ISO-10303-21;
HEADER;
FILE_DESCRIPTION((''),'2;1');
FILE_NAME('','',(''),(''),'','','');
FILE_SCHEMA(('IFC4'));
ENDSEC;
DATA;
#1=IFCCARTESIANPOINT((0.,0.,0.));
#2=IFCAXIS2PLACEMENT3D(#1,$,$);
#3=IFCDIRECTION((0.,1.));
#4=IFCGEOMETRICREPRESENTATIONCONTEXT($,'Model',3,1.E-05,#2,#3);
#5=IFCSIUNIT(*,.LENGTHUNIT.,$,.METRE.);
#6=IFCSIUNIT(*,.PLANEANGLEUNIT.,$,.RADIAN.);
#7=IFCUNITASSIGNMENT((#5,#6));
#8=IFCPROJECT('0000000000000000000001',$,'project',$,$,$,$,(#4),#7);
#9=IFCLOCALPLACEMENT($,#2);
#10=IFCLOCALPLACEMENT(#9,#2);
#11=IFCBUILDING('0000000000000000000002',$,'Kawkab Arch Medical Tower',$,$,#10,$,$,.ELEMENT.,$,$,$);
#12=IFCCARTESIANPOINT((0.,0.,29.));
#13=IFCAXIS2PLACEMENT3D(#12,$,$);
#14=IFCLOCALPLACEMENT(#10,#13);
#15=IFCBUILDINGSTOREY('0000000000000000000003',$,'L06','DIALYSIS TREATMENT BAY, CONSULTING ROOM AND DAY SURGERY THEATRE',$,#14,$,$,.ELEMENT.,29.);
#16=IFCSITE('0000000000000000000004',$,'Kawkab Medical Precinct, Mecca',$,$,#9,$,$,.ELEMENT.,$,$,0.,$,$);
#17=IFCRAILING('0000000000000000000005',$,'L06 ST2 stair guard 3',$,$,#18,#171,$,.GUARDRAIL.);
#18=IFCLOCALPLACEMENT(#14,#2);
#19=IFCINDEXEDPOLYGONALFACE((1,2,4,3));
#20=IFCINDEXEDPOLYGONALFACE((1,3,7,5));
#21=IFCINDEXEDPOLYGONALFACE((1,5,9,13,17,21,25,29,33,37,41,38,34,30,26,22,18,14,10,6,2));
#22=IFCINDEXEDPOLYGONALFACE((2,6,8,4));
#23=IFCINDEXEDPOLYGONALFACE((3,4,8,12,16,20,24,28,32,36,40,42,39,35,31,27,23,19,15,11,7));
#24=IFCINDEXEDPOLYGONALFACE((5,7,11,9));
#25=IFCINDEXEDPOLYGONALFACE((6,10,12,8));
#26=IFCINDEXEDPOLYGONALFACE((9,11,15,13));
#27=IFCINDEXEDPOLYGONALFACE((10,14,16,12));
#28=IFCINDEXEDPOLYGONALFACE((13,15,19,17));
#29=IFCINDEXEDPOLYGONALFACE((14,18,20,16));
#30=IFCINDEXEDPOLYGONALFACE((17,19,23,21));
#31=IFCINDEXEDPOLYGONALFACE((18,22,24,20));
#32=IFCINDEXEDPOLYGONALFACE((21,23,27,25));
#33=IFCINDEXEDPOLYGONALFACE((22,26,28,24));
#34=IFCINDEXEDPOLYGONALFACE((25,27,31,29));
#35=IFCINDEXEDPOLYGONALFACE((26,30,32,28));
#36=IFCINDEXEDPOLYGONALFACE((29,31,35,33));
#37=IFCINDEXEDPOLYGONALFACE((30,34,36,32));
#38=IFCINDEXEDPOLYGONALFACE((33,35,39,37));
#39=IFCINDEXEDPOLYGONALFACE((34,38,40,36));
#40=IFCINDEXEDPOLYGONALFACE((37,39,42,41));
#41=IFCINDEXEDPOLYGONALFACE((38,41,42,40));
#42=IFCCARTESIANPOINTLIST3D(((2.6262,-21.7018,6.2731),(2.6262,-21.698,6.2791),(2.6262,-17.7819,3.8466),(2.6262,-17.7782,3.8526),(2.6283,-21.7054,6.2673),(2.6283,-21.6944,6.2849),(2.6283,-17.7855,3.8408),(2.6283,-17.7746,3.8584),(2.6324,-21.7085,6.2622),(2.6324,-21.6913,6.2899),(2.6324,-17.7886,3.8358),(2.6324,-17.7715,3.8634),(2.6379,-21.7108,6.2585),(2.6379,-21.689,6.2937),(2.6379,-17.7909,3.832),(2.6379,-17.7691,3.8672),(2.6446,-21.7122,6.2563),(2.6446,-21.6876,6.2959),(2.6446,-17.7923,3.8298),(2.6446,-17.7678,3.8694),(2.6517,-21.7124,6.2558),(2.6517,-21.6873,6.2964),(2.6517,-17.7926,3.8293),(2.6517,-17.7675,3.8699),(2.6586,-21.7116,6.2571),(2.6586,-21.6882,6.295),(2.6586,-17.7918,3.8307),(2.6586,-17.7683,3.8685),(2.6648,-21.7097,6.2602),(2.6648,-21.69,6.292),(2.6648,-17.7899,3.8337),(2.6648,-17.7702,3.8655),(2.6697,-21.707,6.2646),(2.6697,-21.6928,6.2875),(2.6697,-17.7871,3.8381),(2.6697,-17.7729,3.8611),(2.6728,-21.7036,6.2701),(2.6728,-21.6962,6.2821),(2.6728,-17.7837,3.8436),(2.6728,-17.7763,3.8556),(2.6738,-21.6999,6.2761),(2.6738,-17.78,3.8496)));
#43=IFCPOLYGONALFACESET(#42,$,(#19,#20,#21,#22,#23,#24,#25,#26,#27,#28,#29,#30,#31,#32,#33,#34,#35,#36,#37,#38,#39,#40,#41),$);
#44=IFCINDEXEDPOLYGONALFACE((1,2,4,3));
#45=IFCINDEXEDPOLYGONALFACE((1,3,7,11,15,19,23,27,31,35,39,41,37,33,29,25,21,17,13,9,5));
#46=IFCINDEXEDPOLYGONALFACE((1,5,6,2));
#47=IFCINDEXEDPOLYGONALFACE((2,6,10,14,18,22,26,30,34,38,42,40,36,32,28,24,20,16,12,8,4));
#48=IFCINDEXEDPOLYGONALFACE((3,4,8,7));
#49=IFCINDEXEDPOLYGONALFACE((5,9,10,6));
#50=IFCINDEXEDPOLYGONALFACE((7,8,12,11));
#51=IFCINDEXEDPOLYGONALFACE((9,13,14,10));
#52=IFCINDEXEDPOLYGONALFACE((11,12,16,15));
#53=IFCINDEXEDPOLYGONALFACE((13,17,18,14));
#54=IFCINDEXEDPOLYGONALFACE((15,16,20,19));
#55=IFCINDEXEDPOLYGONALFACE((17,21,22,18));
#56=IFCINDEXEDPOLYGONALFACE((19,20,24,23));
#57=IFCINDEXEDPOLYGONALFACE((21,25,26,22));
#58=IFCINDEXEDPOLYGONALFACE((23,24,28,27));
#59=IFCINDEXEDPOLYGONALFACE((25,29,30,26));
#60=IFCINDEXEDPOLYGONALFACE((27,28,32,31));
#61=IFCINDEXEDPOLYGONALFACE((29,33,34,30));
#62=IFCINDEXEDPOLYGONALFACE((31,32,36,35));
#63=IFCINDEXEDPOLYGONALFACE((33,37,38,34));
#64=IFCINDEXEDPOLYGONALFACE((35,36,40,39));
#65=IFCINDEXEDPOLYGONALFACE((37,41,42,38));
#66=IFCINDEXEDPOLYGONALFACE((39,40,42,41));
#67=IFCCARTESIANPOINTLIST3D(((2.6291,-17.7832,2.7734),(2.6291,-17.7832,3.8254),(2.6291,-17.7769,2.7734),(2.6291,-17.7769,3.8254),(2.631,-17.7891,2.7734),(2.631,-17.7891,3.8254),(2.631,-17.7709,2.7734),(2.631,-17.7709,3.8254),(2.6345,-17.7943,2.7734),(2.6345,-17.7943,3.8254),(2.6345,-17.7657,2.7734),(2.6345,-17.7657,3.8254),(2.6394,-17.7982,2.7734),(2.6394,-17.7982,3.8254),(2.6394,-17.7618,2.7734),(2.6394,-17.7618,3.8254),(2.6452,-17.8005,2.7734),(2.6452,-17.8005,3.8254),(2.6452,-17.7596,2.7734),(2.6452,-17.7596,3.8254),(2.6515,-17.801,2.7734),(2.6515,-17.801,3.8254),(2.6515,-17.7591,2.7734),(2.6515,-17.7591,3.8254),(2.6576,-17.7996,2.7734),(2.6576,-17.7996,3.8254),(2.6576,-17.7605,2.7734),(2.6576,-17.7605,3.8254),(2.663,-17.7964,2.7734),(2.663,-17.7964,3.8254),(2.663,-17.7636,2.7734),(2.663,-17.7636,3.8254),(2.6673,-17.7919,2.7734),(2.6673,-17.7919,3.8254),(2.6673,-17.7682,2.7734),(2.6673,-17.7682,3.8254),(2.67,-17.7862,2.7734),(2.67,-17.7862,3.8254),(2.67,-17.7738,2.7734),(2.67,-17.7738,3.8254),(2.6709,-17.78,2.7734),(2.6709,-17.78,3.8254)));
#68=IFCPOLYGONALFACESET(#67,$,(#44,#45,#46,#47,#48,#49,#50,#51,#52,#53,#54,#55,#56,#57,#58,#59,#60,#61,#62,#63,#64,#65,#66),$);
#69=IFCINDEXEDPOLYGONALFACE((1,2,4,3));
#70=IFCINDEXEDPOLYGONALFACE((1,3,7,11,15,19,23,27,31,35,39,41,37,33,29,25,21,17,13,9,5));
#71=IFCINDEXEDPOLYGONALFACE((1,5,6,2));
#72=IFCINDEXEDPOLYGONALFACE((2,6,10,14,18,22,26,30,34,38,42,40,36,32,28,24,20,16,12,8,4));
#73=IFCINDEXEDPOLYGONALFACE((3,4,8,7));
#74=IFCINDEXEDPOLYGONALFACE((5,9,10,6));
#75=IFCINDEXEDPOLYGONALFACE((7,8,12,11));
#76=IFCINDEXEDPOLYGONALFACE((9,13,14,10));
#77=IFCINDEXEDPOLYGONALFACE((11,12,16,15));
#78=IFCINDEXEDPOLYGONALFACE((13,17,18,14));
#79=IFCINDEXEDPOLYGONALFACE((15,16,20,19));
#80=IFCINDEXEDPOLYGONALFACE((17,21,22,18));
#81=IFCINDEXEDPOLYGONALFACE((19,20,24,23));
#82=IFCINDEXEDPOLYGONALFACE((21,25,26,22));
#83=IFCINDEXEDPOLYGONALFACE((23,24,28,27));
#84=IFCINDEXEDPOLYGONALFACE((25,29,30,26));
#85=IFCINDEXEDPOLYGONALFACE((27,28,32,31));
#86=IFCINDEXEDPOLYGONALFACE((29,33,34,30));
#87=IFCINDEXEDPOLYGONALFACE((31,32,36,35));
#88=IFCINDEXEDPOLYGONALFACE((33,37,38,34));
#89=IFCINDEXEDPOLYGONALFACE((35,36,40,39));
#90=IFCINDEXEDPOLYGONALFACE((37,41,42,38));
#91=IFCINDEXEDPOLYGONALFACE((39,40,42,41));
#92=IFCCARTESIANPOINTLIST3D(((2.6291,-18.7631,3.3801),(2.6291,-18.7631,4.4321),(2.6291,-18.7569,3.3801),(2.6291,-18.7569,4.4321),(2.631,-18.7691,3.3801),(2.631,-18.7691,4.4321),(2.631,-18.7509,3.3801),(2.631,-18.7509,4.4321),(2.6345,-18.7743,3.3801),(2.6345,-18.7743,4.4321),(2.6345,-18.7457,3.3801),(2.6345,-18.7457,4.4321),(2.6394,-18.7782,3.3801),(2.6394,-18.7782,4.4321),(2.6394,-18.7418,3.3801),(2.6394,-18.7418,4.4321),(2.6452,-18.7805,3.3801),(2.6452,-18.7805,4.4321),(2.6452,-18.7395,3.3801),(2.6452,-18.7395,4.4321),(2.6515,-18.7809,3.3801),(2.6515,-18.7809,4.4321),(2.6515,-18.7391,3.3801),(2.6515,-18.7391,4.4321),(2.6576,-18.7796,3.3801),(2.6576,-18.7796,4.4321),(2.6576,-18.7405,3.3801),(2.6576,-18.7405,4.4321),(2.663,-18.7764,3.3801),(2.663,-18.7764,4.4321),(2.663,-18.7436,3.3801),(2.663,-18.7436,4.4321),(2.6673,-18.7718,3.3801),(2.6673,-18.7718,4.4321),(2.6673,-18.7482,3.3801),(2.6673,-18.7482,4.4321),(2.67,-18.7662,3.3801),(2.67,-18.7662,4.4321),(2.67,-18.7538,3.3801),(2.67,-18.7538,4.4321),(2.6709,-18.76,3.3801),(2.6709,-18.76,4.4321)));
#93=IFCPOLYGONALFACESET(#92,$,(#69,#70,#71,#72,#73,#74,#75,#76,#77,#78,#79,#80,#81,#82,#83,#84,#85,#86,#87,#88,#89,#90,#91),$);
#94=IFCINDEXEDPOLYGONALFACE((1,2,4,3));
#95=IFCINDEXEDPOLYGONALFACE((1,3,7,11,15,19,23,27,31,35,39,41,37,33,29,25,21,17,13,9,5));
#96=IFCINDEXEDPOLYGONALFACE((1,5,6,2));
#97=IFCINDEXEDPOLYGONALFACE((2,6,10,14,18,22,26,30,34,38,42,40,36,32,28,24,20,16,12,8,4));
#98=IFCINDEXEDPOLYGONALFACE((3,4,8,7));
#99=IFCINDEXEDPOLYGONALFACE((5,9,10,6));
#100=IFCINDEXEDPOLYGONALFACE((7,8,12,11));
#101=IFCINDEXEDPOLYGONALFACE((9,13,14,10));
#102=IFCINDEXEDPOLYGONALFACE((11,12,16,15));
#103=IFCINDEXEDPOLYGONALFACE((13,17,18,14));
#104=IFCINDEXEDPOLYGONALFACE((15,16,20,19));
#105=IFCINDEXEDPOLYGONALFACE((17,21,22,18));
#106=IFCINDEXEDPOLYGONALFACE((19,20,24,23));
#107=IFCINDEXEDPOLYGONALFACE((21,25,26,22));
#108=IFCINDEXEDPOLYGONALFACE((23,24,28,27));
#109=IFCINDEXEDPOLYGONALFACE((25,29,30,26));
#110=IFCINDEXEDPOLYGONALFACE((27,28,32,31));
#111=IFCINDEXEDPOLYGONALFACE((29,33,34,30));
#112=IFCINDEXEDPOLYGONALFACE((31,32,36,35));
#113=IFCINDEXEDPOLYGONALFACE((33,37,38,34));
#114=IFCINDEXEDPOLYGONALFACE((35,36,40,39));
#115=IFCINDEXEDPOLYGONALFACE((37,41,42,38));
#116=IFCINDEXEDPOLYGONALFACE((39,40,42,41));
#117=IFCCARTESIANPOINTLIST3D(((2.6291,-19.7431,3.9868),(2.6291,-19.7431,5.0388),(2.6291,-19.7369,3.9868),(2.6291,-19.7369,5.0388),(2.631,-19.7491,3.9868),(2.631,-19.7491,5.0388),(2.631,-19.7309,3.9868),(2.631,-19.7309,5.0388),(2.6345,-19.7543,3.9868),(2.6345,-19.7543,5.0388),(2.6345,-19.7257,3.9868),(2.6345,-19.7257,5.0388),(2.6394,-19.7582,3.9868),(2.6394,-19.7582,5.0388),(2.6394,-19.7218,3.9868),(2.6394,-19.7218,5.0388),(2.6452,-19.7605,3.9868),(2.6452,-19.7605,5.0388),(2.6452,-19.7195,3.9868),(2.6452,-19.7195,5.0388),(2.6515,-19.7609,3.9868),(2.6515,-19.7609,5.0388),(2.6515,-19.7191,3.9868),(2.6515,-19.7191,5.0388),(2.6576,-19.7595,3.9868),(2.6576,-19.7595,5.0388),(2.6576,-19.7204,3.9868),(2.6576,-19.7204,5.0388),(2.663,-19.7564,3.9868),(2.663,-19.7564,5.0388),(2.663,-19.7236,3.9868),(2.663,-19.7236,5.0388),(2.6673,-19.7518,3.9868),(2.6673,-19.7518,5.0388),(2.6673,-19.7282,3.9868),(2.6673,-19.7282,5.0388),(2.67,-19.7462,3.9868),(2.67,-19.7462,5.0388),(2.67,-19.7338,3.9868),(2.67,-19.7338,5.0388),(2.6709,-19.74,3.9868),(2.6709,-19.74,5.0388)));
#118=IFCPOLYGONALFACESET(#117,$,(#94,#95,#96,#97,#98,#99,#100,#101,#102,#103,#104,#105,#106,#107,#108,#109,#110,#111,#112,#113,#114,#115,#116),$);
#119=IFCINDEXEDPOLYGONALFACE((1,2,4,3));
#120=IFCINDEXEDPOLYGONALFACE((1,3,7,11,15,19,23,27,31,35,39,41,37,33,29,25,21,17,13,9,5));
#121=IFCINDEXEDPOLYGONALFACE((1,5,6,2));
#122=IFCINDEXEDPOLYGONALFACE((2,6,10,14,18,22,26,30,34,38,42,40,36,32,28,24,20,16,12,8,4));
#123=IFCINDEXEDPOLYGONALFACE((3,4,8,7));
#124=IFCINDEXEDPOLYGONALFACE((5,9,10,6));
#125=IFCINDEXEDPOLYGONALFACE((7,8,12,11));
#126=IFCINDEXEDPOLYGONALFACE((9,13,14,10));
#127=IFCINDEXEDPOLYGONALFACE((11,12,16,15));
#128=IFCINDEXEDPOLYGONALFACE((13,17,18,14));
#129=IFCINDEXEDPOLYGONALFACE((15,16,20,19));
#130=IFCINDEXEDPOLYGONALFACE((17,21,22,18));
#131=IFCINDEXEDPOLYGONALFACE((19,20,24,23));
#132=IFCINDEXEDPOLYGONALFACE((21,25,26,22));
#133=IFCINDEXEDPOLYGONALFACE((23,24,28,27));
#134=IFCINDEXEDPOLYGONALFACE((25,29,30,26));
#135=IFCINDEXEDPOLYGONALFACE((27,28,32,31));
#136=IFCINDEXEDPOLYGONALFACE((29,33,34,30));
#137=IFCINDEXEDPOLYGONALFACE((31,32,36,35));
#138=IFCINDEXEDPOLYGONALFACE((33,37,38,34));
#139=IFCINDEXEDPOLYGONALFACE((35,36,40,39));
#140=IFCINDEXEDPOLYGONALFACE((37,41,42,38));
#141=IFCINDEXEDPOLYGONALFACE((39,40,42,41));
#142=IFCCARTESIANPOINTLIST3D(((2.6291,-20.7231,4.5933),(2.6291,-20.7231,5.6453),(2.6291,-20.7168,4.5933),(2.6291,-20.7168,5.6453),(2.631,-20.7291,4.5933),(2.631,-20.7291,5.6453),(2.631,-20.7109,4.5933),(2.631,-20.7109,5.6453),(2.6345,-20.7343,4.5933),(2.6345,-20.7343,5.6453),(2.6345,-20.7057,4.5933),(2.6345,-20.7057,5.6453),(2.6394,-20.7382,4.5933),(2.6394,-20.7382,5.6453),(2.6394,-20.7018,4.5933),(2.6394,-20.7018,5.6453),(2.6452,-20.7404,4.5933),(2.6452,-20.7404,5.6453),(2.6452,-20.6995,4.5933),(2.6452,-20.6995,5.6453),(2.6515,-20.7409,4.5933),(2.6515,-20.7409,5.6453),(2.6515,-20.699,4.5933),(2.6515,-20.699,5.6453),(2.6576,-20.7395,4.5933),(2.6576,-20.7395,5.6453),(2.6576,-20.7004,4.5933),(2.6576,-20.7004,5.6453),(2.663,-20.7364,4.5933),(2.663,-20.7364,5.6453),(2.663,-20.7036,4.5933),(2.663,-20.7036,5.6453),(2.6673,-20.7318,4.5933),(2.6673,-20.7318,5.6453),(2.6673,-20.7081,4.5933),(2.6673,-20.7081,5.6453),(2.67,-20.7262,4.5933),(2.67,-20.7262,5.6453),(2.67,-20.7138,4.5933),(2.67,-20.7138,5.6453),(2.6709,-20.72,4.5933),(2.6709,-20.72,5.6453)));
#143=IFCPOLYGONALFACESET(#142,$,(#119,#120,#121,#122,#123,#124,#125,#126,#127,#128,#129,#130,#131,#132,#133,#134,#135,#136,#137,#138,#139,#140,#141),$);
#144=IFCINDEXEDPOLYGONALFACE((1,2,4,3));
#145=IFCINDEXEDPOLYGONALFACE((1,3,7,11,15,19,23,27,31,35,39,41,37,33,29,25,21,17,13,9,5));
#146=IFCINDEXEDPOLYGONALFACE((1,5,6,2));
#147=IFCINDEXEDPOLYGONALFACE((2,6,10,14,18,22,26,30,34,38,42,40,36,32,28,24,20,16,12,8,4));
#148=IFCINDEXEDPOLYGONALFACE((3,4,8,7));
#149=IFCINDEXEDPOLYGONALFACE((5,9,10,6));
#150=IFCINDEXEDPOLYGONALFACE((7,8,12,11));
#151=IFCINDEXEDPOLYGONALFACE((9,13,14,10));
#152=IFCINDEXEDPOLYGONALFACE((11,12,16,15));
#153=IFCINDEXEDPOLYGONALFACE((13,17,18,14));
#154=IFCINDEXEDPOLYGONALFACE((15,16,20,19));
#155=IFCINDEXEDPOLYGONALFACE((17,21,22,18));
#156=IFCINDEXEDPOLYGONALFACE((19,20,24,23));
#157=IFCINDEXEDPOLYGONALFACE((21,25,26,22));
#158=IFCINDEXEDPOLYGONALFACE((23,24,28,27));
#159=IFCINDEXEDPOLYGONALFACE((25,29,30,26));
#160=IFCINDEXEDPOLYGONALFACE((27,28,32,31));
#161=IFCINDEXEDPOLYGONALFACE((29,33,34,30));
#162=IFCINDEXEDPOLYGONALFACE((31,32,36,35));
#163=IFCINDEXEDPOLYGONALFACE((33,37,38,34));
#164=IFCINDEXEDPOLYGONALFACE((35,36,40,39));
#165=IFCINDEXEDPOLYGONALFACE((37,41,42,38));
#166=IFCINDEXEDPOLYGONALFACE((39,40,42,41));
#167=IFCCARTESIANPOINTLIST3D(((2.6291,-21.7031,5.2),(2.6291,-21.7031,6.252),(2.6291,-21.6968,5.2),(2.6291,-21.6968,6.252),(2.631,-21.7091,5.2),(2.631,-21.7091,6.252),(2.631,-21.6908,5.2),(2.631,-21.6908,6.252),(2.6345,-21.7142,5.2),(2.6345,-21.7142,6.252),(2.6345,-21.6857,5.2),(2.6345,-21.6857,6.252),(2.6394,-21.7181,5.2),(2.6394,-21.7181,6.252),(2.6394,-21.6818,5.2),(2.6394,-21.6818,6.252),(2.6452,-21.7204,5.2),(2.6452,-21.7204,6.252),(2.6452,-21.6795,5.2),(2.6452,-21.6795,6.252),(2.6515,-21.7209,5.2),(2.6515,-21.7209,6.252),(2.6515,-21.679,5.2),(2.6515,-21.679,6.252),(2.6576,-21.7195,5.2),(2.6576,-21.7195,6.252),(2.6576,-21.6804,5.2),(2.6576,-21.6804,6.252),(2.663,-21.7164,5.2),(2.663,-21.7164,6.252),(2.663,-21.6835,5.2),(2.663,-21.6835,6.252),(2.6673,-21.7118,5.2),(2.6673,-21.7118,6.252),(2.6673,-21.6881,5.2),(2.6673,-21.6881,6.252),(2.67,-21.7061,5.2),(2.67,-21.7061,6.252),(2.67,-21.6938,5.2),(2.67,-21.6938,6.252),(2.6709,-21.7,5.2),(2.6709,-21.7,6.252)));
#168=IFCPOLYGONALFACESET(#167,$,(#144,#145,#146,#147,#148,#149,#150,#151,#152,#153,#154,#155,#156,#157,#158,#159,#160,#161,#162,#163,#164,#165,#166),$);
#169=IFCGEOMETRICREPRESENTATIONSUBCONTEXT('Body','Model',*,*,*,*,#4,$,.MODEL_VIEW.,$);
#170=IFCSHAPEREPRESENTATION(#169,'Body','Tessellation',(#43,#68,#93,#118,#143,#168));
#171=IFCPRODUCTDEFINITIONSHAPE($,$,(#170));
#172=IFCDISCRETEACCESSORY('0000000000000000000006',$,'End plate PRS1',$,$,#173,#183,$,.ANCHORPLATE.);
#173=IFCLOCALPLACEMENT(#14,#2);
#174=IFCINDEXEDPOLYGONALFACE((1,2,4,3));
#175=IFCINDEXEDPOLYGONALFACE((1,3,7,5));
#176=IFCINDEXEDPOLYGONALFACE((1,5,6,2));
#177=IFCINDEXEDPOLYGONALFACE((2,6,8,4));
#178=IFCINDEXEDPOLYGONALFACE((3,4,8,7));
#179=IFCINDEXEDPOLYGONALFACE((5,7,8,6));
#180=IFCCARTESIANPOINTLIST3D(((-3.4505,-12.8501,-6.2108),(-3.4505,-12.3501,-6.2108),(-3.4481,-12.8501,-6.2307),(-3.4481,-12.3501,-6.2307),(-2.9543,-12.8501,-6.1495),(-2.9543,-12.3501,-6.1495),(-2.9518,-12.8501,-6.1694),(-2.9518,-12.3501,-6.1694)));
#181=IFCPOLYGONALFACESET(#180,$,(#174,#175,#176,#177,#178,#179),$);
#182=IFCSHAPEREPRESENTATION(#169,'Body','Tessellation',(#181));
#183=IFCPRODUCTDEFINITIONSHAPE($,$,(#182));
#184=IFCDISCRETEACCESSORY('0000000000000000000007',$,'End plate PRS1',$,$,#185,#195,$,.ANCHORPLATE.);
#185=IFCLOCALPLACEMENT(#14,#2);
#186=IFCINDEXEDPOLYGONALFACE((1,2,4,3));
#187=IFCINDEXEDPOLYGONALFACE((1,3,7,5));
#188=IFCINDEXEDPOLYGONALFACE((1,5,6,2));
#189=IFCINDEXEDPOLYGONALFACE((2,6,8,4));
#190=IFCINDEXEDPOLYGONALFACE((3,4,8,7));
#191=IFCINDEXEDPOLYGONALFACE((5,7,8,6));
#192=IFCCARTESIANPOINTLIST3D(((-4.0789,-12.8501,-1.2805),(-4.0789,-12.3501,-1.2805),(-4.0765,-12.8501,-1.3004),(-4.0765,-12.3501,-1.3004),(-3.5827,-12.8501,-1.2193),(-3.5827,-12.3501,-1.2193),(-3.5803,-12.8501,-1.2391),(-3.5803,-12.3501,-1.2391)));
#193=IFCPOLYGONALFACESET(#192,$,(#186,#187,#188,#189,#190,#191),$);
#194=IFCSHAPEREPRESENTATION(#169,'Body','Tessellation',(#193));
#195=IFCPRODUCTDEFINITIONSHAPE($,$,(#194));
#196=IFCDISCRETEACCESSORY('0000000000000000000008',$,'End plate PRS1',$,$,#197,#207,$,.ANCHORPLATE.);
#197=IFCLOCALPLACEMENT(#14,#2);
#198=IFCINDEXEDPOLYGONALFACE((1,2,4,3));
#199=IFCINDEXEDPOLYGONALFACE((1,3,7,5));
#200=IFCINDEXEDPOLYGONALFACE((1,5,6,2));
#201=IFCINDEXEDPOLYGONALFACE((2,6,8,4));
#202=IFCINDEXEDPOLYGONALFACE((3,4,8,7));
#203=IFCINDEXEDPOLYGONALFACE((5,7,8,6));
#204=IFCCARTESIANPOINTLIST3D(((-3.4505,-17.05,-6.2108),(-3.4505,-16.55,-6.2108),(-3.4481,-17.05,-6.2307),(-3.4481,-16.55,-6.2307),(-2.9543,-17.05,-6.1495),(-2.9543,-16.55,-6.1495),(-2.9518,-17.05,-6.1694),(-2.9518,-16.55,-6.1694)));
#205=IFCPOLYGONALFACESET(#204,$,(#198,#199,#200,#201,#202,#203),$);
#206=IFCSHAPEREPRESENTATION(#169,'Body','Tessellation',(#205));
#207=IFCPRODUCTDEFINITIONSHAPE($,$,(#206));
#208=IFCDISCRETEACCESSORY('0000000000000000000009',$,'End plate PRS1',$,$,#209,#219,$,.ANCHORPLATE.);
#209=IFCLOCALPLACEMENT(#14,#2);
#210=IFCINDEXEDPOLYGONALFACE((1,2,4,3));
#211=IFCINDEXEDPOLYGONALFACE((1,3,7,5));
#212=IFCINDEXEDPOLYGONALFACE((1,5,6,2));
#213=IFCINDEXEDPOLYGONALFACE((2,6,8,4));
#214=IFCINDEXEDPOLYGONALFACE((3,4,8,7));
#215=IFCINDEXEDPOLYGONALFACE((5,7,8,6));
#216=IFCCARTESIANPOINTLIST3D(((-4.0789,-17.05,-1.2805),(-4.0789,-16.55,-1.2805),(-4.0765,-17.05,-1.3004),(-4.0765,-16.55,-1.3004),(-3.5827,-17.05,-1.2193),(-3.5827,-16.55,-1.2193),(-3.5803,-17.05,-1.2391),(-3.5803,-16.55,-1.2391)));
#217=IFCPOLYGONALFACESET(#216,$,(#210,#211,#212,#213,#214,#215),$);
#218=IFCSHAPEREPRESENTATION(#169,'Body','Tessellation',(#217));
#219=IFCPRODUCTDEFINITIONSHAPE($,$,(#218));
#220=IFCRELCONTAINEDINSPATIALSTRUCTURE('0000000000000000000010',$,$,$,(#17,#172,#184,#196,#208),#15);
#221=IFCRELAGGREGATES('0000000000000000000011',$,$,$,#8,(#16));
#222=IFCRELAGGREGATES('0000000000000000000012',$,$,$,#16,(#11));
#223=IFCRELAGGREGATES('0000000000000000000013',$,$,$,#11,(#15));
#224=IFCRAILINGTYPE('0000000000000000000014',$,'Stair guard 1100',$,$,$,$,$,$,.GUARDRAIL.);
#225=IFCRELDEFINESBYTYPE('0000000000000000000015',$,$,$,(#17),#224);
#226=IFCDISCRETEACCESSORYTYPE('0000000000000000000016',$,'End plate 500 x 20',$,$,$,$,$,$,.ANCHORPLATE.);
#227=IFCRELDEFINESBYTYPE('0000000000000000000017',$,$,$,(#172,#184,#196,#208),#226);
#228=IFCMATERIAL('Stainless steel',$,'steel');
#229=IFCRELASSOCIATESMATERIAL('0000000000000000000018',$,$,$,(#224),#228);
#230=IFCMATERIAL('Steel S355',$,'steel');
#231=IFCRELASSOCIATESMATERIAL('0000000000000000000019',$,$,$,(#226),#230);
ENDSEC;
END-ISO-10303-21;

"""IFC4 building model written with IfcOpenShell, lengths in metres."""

from ifc_helpers import new_model, si_unit, direction, frame, origin, origin_2d, place, context, subcontext, project, spatial, rectangle, circle, extrude, material, material_profile, profile_set, type_object, element, save


model = new_model("IFC4")

# Units and contexts
model_context = context("Model", 3, precision=1e-05, world=origin(), true_north=direction((0.0, 1.0)))
body_context = subcontext(model_context, "Body", "Model", "MODEL_VIEW")
ifc_project = project(units=[si_unit("LENGTHUNIT", "METRE"), si_unit("PLANEANGLEUNIT", "RADIAN")], contexts=[model_context])

# Site, building, storey
site_placement = place(None, origin())
site = spatial("IfcSite", under=ifc_project, at=site_placement, Name="Kawkab Medical Precinct, Mecca", CompositionType="ELEMENT", RefElevation=0.0)
building_placement = place(site_placement, origin())
building = spatial("IfcBuilding", under=site, at=building_placement, Name="Kawkab Arch Medical Tower", CompositionType="ELEMENT")
storey_placement = place(building_placement, frame((0.0, 0.0, 29.0)))
storey = spatial("IfcBuildingStorey", under=building, at=storey_placement, Name="L06", Description="DIALYSIS TREATMENT BAY, CONSULTING ROOM AND DAY SURGERY THEATRE", CompositionType="ELEMENT", Elevation=29.0)

# Railing
ifc_material_1 = material(Name="Stainless steel", Category="steel")
railing_type = type_object("IfcRailingType", Name="Stair guard 1100", PredefinedType="GUARDRAIL", material=ifc_material_1)
railing_placement = place(storey_placement, frame((2.6499, -17.78, 2.7734)))
element("IfcRailing", 1, at=railing_placement, inside=storey, type_object=railing_type, Name="L06 ST2 stair guard 3", PredefinedType="GUARDRAIL", context=body_context, shape_type="SweptSolid", body=[
    extrude(circle(Radius=0.0239, at=origin_2d()), frame((0.0, 0.0, 1.0762), z_axis=(0.0, -0.850275, 0.526338), x_axis=(1.0, 0.0, 0.0)), (0.0, 0.0, 1.0), 4.6101),
    extrude(circle(Radius=0.021, at=origin_2d()), origin(), (0.0, 0.0, 1.0), 1.052),
    extrude(circle(Radius=0.021, at=origin_2d()), frame((0.0, -0.98, 0.6067)), (0.0, 0.0, 1.0), 1.052),
    extrude(circle(Radius=0.021, at=origin_2d()), frame((0.0, -1.96, 1.2134)), (0.0, 0.0, 1.0), 1.052),
    extrude(circle(Radius=0.021, at=origin_2d()), frame((0.0, -2.9399, 1.8198)), (0.0, 0.0, 1.0), 1.052),
    extrude(circle(Radius=0.021, at=origin_2d()), frame((0.0, -3.9199, 2.4265)), (0.0, 0.0, 1.0), 1.052),
])

# Discrete accessories
ifc_material_2 = material(Name="Steel S355", Category="steel")
ifc_material_profile_1 = material_profile(ifc_material_2, rectangle(XDim=0.5, YDim=0.5, at=origin_2d()), Name="End plate 500 x 20")
ifc_profile_set_1 = profile_set([ifc_material_profile_1], Name="Steel S355")
discrete_accessory_type = type_object("IfcDiscreteAccessoryType", Name="End plate 500 x 20", PredefinedType="ANCHORPLATE", material=ifc_profile_set_1)
for number, where, z_axis, x_axis, name in (
    (2, (-3.2024, -12.6001, -6.1802), (0.122527, 0.0, -0.992465), (0.0, 1.0, 0.0), "End plate PRS1"),
    (3, (-3.8284, -12.6001, -1.2698), (-0.122527, 0.0, 0.992465), (0.0, -1.0, 0.0), "End plate PRS1"),
    (4, (-3.2024, -16.8, -6.1802), (0.122527, 0.0, -0.992465), (0.0, 1.0, 0.0), "End plate PRS1"),
    (5, (-3.8284, -16.8, -1.2698), (-0.122527, 0.0, 0.992465), (0.0, -1.0, 0.0), "End plate PRS1"),
):
    element("IfcDiscreteAccessory", number, at=place(storey_placement, frame(where, z_axis=z_axis, x_axis=x_axis)), inside=storey, type_object=discrete_accessory_type, Name=name, PredefinedType="ANCHORPLATE", context=body_context, shape_type="SweptSolid", body=[
        extrude(rectangle(XDim=0.5, YDim=0.5, at=origin_2d()), origin(), (0.0, 0.0, 1.0), 0.02),
    ])

save(model, "model.ifc")
